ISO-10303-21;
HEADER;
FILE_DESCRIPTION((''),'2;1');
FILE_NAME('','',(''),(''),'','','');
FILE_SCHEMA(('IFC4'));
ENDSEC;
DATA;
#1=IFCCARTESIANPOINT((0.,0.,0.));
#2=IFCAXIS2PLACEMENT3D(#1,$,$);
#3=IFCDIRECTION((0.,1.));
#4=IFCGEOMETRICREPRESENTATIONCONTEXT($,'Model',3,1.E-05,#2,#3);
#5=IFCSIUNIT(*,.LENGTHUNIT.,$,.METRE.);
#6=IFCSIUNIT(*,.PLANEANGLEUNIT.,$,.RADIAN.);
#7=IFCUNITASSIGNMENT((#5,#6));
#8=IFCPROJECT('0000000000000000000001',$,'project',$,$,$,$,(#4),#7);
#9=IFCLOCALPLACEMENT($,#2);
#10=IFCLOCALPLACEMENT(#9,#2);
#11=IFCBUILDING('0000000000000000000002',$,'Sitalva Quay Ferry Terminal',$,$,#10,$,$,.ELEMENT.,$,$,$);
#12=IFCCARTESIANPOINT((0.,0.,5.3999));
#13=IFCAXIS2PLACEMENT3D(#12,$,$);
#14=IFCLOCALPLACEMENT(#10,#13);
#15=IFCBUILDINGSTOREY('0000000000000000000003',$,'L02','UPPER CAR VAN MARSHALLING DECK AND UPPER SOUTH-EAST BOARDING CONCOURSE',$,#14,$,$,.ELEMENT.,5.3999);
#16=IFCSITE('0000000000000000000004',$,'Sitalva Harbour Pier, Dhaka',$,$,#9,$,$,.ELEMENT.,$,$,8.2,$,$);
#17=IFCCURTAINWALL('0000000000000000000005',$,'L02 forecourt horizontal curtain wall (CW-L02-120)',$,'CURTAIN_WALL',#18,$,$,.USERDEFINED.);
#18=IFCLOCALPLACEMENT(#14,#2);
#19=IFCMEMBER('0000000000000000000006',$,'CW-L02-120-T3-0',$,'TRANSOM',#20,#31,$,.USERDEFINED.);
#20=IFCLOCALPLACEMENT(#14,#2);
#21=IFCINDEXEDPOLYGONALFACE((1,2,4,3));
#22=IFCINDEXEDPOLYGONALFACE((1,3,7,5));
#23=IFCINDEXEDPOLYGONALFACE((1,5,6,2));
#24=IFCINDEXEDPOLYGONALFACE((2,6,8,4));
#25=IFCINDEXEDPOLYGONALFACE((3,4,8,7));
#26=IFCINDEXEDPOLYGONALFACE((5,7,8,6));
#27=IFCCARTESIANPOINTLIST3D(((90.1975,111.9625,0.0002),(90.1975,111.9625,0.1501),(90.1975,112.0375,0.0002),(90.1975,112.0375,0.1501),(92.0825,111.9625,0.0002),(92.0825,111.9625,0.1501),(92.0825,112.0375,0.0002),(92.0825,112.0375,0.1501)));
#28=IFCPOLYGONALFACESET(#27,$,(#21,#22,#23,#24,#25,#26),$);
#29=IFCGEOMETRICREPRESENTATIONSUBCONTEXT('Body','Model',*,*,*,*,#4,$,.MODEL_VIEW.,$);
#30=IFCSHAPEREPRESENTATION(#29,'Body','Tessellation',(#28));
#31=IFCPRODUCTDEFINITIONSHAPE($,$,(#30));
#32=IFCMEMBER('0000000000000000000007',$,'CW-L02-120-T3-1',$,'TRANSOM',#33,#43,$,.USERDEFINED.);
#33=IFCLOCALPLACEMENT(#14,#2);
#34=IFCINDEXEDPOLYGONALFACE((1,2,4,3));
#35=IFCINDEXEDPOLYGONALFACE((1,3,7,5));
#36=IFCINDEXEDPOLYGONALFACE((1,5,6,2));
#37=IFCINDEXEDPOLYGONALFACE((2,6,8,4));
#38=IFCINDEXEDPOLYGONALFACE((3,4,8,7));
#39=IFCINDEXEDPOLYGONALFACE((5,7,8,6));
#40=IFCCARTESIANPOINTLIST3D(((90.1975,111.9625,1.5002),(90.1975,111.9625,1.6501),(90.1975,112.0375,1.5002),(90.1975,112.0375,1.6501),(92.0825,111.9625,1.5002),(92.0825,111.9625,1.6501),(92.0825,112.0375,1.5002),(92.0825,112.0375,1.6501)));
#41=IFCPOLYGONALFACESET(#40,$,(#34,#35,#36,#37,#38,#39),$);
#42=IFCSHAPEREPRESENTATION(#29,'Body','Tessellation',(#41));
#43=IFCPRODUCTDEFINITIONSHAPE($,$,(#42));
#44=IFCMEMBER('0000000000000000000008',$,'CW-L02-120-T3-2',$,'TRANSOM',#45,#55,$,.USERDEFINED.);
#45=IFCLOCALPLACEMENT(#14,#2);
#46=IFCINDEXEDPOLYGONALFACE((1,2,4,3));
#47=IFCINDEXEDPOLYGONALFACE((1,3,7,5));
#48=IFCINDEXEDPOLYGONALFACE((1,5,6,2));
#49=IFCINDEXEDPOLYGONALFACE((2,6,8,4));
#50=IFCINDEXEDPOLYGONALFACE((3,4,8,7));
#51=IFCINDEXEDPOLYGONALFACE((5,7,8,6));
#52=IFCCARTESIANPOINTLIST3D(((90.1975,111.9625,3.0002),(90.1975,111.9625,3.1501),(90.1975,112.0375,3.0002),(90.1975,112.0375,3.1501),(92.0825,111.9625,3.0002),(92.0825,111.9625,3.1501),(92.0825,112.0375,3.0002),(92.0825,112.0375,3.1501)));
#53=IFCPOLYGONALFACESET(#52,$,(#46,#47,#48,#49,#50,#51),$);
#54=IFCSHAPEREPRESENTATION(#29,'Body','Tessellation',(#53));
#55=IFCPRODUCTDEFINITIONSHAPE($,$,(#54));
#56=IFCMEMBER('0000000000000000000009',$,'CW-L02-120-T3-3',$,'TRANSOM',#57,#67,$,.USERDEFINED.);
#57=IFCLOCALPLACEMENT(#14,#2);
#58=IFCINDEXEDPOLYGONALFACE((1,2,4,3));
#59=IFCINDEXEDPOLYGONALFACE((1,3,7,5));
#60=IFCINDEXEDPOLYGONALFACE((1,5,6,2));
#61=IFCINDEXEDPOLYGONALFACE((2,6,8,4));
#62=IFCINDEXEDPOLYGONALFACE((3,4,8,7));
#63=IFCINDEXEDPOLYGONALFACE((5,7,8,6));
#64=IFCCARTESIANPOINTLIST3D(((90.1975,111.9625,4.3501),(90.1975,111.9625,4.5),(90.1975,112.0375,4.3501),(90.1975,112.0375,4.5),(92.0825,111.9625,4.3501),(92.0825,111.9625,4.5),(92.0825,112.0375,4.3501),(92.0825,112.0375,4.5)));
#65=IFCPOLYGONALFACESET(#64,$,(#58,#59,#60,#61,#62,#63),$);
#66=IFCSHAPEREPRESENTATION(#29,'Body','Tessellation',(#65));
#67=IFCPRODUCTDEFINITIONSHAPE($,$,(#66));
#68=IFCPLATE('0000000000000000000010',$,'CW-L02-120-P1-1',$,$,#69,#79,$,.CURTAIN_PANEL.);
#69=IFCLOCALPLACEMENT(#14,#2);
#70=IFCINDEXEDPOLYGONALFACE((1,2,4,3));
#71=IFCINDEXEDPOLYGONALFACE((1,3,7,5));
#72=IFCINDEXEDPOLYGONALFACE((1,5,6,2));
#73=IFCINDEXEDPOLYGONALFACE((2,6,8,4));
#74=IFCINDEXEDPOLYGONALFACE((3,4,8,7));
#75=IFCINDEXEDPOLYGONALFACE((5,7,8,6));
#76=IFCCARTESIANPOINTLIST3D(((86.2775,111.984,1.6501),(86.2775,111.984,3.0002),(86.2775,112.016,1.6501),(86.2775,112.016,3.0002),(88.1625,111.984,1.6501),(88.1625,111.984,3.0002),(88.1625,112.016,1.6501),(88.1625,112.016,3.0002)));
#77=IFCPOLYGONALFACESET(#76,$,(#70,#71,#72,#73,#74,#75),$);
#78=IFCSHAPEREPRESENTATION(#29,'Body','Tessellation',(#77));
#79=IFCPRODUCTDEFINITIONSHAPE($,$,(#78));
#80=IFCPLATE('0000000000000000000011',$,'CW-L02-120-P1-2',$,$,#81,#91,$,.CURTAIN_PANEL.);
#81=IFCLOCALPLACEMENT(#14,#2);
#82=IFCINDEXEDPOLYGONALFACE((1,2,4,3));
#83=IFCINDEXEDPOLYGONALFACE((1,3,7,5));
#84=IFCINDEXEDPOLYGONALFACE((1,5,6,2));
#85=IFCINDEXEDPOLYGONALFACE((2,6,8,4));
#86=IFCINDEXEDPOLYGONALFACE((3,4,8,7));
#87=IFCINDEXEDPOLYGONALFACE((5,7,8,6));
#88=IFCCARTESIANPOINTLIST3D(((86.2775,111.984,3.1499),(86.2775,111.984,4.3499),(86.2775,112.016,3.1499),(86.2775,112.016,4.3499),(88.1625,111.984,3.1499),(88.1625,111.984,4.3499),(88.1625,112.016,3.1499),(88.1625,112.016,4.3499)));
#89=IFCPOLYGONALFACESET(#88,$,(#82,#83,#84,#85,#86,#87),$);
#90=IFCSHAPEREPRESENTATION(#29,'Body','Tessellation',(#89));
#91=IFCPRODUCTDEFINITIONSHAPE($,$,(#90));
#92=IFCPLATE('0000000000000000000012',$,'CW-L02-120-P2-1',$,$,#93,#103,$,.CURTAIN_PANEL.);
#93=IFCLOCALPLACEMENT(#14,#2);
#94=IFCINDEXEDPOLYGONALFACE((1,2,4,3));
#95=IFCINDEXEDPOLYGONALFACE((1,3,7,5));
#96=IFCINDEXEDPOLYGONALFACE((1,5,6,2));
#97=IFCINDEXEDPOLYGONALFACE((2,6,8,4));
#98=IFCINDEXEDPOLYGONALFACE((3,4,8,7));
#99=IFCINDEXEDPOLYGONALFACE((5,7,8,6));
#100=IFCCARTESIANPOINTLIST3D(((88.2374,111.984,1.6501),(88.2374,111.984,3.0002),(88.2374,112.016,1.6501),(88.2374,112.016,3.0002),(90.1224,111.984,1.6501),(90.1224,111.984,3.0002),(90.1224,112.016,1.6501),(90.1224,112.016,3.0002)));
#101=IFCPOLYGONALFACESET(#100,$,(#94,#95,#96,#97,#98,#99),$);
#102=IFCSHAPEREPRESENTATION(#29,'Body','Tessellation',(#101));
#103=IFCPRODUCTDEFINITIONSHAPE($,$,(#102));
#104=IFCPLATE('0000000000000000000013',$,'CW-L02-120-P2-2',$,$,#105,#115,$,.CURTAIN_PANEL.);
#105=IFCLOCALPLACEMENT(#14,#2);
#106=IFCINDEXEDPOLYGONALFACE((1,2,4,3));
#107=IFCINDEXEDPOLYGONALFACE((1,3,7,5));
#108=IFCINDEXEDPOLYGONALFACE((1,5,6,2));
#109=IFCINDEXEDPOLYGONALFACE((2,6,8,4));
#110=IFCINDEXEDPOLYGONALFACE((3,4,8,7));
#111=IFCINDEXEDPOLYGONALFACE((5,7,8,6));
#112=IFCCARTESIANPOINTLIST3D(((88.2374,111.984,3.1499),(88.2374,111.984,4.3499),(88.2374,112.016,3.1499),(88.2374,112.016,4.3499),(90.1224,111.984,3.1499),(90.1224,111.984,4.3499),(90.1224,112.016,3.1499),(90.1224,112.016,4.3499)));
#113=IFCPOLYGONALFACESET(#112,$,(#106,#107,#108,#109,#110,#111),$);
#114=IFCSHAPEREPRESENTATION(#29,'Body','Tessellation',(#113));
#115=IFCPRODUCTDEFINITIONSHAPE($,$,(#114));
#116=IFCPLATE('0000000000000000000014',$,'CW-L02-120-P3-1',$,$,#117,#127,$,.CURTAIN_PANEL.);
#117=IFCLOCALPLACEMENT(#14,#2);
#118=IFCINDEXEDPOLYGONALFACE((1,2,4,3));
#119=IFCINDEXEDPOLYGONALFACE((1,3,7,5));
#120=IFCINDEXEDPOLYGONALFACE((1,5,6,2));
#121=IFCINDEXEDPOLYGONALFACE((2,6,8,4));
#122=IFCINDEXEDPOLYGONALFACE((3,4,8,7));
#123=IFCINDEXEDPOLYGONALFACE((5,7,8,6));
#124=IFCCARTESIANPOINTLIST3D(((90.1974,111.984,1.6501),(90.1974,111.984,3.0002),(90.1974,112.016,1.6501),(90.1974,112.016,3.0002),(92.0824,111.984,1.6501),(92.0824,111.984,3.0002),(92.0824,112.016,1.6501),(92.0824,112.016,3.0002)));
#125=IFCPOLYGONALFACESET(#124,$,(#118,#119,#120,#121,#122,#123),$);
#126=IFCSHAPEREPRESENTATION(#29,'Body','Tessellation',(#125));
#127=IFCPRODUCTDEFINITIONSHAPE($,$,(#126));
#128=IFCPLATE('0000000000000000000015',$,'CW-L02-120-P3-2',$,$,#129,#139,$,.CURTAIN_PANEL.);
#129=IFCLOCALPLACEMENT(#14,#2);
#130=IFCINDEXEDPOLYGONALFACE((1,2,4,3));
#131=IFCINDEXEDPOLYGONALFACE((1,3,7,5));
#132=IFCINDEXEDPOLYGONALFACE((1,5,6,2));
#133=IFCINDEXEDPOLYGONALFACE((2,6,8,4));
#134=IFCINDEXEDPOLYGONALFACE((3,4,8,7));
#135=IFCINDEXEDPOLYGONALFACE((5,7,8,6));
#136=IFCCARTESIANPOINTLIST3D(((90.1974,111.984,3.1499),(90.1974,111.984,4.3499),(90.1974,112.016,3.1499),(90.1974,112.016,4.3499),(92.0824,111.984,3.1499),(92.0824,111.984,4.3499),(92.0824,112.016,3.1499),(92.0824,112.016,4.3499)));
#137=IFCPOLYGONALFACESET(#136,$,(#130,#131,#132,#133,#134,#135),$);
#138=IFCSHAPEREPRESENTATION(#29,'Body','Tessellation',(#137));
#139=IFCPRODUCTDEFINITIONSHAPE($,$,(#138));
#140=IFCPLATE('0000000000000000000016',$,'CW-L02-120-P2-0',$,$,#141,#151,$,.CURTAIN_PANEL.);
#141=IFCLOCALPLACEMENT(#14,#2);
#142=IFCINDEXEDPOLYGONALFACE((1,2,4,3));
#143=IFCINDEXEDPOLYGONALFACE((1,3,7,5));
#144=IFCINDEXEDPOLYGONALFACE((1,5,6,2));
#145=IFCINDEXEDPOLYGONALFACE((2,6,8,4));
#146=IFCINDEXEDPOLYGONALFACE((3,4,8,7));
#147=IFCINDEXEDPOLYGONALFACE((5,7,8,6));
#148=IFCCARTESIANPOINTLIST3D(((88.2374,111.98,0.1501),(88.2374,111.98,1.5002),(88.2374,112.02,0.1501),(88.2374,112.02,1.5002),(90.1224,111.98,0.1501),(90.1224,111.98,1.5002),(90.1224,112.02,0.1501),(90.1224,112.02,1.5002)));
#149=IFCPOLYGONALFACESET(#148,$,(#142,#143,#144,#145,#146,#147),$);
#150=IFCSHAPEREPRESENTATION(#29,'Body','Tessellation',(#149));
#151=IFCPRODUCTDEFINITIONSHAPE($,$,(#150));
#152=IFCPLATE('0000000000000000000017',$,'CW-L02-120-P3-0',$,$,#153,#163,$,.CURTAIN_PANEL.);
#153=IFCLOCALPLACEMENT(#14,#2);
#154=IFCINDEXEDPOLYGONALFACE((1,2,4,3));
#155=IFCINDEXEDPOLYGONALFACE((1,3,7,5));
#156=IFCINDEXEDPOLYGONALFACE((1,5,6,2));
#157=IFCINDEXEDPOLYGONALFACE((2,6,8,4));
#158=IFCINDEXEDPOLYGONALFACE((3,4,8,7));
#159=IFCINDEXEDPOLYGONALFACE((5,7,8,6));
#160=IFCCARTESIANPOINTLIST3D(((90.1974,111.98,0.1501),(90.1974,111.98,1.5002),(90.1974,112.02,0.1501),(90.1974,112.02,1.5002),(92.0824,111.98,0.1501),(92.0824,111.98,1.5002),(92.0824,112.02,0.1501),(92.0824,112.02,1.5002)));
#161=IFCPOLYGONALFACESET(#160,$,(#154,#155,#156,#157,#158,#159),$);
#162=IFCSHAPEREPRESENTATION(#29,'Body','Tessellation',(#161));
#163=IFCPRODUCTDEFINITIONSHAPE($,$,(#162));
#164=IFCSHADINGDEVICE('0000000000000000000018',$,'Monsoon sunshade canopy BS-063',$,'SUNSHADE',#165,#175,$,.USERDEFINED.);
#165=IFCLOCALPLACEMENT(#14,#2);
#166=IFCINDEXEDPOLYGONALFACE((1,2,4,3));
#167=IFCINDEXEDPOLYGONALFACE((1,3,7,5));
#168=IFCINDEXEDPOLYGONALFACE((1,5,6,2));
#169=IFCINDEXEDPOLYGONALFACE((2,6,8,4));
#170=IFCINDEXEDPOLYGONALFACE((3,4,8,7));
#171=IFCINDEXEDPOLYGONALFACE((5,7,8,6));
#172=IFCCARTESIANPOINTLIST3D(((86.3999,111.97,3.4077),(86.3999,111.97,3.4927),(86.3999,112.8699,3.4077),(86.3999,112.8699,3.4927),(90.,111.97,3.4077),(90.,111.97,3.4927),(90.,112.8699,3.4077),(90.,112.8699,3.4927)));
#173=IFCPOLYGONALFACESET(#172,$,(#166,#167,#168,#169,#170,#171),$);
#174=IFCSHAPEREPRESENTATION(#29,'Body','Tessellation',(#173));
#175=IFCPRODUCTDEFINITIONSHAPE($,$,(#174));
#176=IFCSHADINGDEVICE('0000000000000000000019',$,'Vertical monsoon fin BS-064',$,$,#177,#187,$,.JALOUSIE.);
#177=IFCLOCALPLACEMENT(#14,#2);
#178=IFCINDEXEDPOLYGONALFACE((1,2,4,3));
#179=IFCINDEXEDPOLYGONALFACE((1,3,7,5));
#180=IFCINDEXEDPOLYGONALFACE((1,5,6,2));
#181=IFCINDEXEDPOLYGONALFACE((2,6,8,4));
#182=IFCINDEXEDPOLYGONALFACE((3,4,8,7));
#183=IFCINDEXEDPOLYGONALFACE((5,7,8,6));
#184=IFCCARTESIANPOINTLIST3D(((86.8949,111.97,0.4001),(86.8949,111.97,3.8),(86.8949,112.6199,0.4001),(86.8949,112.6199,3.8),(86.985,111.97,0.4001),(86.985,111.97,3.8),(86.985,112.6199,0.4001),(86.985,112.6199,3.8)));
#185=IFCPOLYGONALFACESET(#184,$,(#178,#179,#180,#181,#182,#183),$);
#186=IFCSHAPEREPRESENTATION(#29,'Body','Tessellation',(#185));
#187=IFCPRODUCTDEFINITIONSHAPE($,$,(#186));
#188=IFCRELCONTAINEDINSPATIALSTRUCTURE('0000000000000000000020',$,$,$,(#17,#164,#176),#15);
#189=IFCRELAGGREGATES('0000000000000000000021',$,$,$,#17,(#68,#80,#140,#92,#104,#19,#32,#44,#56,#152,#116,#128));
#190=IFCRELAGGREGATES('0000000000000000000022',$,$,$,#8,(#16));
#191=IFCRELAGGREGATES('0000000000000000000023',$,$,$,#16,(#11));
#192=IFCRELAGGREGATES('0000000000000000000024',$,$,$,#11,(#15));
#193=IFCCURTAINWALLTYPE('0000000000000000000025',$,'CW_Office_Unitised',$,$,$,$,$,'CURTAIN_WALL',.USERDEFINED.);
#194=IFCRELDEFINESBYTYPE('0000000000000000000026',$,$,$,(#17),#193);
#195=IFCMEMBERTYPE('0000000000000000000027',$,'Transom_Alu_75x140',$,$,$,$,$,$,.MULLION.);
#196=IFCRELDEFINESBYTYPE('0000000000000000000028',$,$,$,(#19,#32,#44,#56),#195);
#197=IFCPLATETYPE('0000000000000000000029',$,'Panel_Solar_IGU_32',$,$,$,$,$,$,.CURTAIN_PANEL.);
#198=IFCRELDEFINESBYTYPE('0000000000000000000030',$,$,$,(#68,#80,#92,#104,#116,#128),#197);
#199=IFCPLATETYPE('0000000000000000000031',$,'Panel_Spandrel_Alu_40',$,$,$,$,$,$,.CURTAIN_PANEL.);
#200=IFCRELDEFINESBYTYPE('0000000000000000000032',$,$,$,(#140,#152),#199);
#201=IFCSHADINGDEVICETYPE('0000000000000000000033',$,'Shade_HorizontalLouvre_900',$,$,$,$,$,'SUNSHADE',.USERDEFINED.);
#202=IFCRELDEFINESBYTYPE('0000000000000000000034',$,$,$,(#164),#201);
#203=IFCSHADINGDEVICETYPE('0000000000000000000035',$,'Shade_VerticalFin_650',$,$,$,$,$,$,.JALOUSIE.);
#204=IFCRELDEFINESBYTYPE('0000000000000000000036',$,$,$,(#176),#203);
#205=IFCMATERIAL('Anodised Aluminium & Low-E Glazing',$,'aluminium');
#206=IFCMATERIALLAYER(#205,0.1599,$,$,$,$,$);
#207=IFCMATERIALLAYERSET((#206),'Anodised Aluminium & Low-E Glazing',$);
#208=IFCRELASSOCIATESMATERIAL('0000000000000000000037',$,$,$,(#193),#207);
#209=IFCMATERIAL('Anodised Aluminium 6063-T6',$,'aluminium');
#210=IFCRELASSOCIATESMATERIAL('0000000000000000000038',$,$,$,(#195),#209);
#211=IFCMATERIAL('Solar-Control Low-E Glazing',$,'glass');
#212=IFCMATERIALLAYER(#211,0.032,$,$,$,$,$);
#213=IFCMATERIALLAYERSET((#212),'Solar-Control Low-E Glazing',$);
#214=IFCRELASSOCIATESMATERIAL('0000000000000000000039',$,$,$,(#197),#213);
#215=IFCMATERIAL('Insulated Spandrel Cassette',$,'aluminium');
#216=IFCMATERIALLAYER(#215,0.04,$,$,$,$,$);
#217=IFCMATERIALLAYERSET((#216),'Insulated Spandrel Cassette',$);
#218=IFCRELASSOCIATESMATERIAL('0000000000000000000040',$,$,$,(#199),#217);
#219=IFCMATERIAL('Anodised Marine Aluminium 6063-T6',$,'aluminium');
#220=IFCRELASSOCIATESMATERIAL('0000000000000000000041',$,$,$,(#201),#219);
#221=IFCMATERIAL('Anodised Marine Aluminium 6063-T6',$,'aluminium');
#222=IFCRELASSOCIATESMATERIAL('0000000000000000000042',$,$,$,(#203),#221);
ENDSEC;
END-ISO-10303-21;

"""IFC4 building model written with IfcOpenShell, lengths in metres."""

from ifc_helpers import new_model, si_unit, direction, frame, origin, origin_2d, place, context, subcontext, project, spatial, rectangle, extrude, material, layer, layer_set, material_profile, profile_set, type_object, element, aggregate, save


model = new_model("IFC4")

# Units and contexts
model_context = context("Model", 3, precision=1e-05, world=origin(), true_north=direction((0.0, 1.0)))
body_context = subcontext(model_context, "Body", "Model", "MODEL_VIEW")
ifc_project = project(units=[si_unit("LENGTHUNIT", "METRE"), si_unit("PLANEANGLEUNIT", "RADIAN")], contexts=[model_context])

# Site, building, storey
site_placement = place(None, origin())
site = spatial("IfcSite", under=ifc_project, at=site_placement, Name="Sitalva Harbour Pier, Dhaka", CompositionType="ELEMENT", RefElevation=8.2)
building_placement = place(site_placement, origin())
building = spatial("IfcBuilding", under=site, at=building_placement, Name="Sitalva Quay Ferry Terminal", CompositionType="ELEMENT")
storey_placement = place(building_placement, frame((0.0, 0.0, 5.3999)))
storey = spatial("IfcBuildingStorey", under=building, at=storey_placement, Name="L02", Description="UPPER CAR VAN MARSHALLING DECK AND UPPER SOUTH-EAST BOARDING CONCOURSE", CompositionType="ELEMENT", Elevation=5.3999)

# Curtain wall, members, plates
ifc_material_1 = material(Name="Anodised Aluminium & Low-E Glazing", Category="aluminium")
ifc_layer_1 = layer(ifc_material_1, 0.1599)
ifc_layer_set_1 = layer_set([ifc_layer_1], Name="Anodised Aluminium & Low-E Glazing")
curtain_wall_type = type_object("IfcCurtainWallType", Name="CW_Office_Unitised", ElementType="CURTAIN_WALL", PredefinedType="USERDEFINED", material=ifc_layer_set_1)
curtain_wall_placement = place(storey_placement, origin())
curtain_wall = element("IfcCurtainWall", 1, at=curtain_wall_placement, inside=storey, type_object=curtain_wall_type, Name="L02 forecourt horizontal curtain wall (CW-L02-120)", ObjectType="CURTAIN_WALL", PredefinedType="USERDEFINED")
ifc_material_2 = material(Name="Anodised Aluminium 6063-T6", Category="aluminium")
ifc_material_profile_1 = material_profile(ifc_material_2, rectangle(XDim=0.075, YDim=0.1499, at=origin_2d()), Name="ALU75x150")
ifc_profile_set_1 = profile_set([ifc_material_profile_1], Name="Anodised Aluminium 6063-T6")
member_type_1 = type_object("IfcMemberType", Name="Transom_Alu_75x140", PredefinedType="MULLION", material=ifc_profile_set_1)
member_1_placement = place(storey_placement, frame((90.1975, 112.0, 0.0752), z_axis=(1.0, 0.0, 0.0), x_axis=(0.0, 1.0, 0.0)))
member_1 = element("IfcMember", 2, at=member_1_placement, type_object=member_type_1, Name="CW-L02-120-T3-0", ObjectType="TRANSOM", PredefinedType="USERDEFINED", context=body_context, shape_type="SweptSolid", body=[
    extrude(rectangle(XDim=0.075, YDim=0.1499, at=origin_2d()), origin(), (0.0, 0.0, 1.0), 1.885),
])
member_2_placement = place(storey_placement, frame((90.1975, 112.0, 1.5752), z_axis=(1.0, 0.0, 0.0), x_axis=(0.0, 1.0, 0.0)))
member_2 = element("IfcMember", 3, at=member_2_placement, type_object=member_type_1, Name="CW-L02-120-T3-1", ObjectType="TRANSOM", PredefinedType="USERDEFINED", context=body_context, shape_type="SweptSolid", body=[
    extrude(rectangle(XDim=0.075, YDim=0.1499, at=origin_2d()), origin(), (0.0, 0.0, 1.0), 1.885),
])
member_3_placement = place(storey_placement, frame((90.1975, 112.0, 3.0752), z_axis=(1.0, 0.0, 0.0), x_axis=(0.0, 1.0, 0.0)))
member_3 = element("IfcMember", 4, at=member_3_placement, type_object=member_type_1, Name="CW-L02-120-T3-2", ObjectType="TRANSOM", PredefinedType="USERDEFINED", context=body_context, shape_type="SweptSolid", body=[
    extrude(rectangle(XDim=0.075, YDim=0.1499, at=origin_2d()), origin(), (0.0, 0.0, 1.0), 1.885),
])
member_4_placement = place(storey_placement, frame((90.1975, 112.0, 4.425), z_axis=(1.0, 0.0, 0.0), x_axis=(0.0, 1.0, 0.0)))
member_4 = element("IfcMember", 5, at=member_4_placement, type_object=member_type_1, Name="CW-L02-120-T3-3", ObjectType="TRANSOM", PredefinedType="USERDEFINED", context=body_context, shape_type="SweptSolid", body=[
    extrude(rectangle(XDim=0.075, YDim=0.1499, at=origin_2d()), origin(), (0.0, 0.0, 1.0), 1.885),
])
ifc_material_3 = material(Name="Solar-Control Low-E Glazing", Category="glass")
ifc_layer_2 = layer(ifc_material_3, 0.032)
ifc_layer_set_2 = layer_set([ifc_layer_2], Name="Solar-Control Low-E Glazing")
plate_type_1 = type_object("IfcPlateType", Name="Panel_Solar_IGU_32", PredefinedType="CURTAIN_PANEL", material=ifc_layer_set_2)
plate_1_placement = place(storey_placement, frame((87.22, 112.0, 1.6501), z_axis=(0.0, 0.0, 1.0), x_axis=(1.0, 0.0, 0.0)))
plate_1 = element("IfcPlate", 6, at=plate_1_placement, type_object=plate_type_1, Name="CW-L02-120-P1-1", PredefinedType="CURTAIN_PANEL", context=body_context, shape_type="SweptSolid", body=[
    extrude(rectangle(XDim=1.885, YDim=0.032, at=origin_2d()), origin(), (0.0, 0.0, 1.0), 1.3501),
])
plate_2_placement = place(storey_placement, frame((87.22, 112.0, 3.1499), z_axis=(0.0, 0.0, 1.0), x_axis=(1.0, 0.0, 0.0)))
plate_2 = element("IfcPlate", 7, at=plate_2_placement, type_object=plate_type_1, Name="CW-L02-120-P1-2", PredefinedType="CURTAIN_PANEL", context=body_context, shape_type="SweptSolid", body=[
    extrude(rectangle(XDim=1.885, YDim=0.032, at=origin_2d()), origin(), (0.0, 0.0, 1.0), 1.2),
])
plate_3_placement = place(storey_placement, frame((89.1799, 112.0, 1.6501), z_axis=(0.0, 0.0, 1.0), x_axis=(1.0, 0.0, 0.0)))
plate_3 = element("IfcPlate", 8, at=plate_3_placement, type_object=plate_type_1, Name="CW-L02-120-P2-1", PredefinedType="CURTAIN_PANEL", context=body_context, shape_type="SweptSolid", body=[
    extrude(rectangle(XDim=1.885, YDim=0.032, at=origin_2d()), origin(), (0.0, 0.0, 1.0), 1.3501),
])
plate_4_placement = place(storey_placement, frame((89.1799, 112.0, 3.1499), z_axis=(0.0, 0.0, 1.0), x_axis=(1.0, 0.0, 0.0)))
plate_4 = element("IfcPlate", 9, at=plate_4_placement, type_object=plate_type_1, Name="CW-L02-120-P2-2", PredefinedType="CURTAIN_PANEL", context=body_context, shape_type="SweptSolid", body=[
    extrude(rectangle(XDim=1.885, YDim=0.032, at=origin_2d()), origin(), (0.0, 0.0, 1.0), 1.2),
])
plate_5_placement = place(storey_placement, frame((91.1399, 112.0, 1.6501), z_axis=(0.0, 0.0, 1.0), x_axis=(1.0, 0.0, 0.0)))
plate_5 = element("IfcPlate", 10, at=plate_5_placement, type_object=plate_type_1, Name="CW-L02-120-P3-1", PredefinedType="CURTAIN_PANEL", context=body_context, shape_type="SweptSolid", body=[
    extrude(rectangle(XDim=1.885, YDim=0.032, at=origin_2d()), origin(), (0.0, 0.0, 1.0), 1.3501),
])
plate_6_placement = place(storey_placement, frame((91.1399, 112.0, 3.1499), z_axis=(0.0, 0.0, 1.0), x_axis=(1.0, 0.0, 0.0)))
plate_6 = element("IfcPlate", 11, at=plate_6_placement, type_object=plate_type_1, Name="CW-L02-120-P3-2", PredefinedType="CURTAIN_PANEL", context=body_context, shape_type="SweptSolid", body=[
    extrude(rectangle(XDim=1.885, YDim=0.032, at=origin_2d()), origin(), (0.0, 0.0, 1.0), 1.2),
])
ifc_material_4 = material(Name="Insulated Spandrel Cassette", Category="aluminium")
ifc_layer_3 = layer(ifc_material_4, 0.04)
ifc_layer_set_3 = layer_set([ifc_layer_3], Name="Insulated Spandrel Cassette")
plate_type_2 = type_object("IfcPlateType", Name="Panel_Spandrel_Alu_40", PredefinedType="CURTAIN_PANEL", material=ifc_layer_set_3)
plate_7_placement = place(storey_placement, frame((89.1799, 112.0, 0.1501), z_axis=(0.0, 0.0, 1.0), x_axis=(1.0, 0.0, 0.0)))
plate_7 = element("IfcPlate", 12, at=plate_7_placement, type_object=plate_type_2, Name="CW-L02-120-P2-0", PredefinedType="CURTAIN_PANEL", context=body_context, shape_type="SweptSolid", body=[
    extrude(rectangle(XDim=1.885, YDim=0.04, at=origin_2d()), origin(), (0.0, 0.0, 1.0), 1.3501),
])
plate_8_placement = place(storey_placement, frame((91.1399, 112.0, 0.1501), z_axis=(0.0, 0.0, 1.0), x_axis=(1.0, 0.0, 0.0)))
plate_8 = element("IfcPlate", 13, at=plate_8_placement, type_object=plate_type_2, Name="CW-L02-120-P3-0", PredefinedType="CURTAIN_PANEL", context=body_context, shape_type="SweptSolid", body=[
    extrude(rectangle(XDim=1.885, YDim=0.04, at=origin_2d()), origin(), (0.0, 0.0, 1.0), 1.3501),
])
aggregate(curtain_wall, [plate_1, plate_2, plate_7, plate_3, plate_4, member_1, member_2, member_3, member_4, plate_8, plate_5, plate_6])

# Shading devices
ifc_material_5 = material(Name="Anodised Marine Aluminium 6063-T6", Category="aluminium")
shading_device_type_1 = type_object("IfcShadingDeviceType", Name="Shade_HorizontalLouvre_900", ElementType="SUNSHADE", PredefinedType="USERDEFINED", material=ifc_material_5)
shading_device_1_placement = place(storey_placement, frame((88.2, 112.4199, 3.4077), z_axis=(0.0, 0.0, 1.0), x_axis=(1.0, 0.0, 0.0)))
element("IfcShadingDevice", 14, at=shading_device_1_placement, inside=storey, type_object=shading_device_type_1, Name="Monsoon sunshade canopy BS-063", ObjectType="SUNSHADE", PredefinedType="USERDEFINED", context=body_context, shape_type="SweptSolid", body=[
    extrude(rectangle(XDim=3.6001, YDim=0.8999, at=origin_2d()), origin(), (0.0, 0.0, 1.0), 0.085),
])
ifc_material_6 = material(Name="Anodised Marine Aluminium 6063-T6", Category="aluminium")
shading_device_type_2 = type_object("IfcShadingDeviceType", Name="Shade_VerticalFin_650", PredefinedType="JALOUSIE", material=ifc_material_6)
shading_device_2_placement = place(storey_placement, frame((86.9399, 112.2949, 0.4001), z_axis=(0.0, 0.0, 1.0), x_axis=(1.0, 0.0, 0.0)))
element("IfcShadingDevice", 15, at=shading_device_2_placement, inside=storey, type_object=shading_device_type_2, Name="Vertical monsoon fin BS-064", PredefinedType="JALOUSIE", context=body_context, shape_type="SweptSolid", body=[
    extrude(rectangle(XDim=0.0901, YDim=0.6499, at=origin_2d()), origin(), (0.0, 0.0, 1.0), 3.3999),
])

save(model, "model.ifc")
